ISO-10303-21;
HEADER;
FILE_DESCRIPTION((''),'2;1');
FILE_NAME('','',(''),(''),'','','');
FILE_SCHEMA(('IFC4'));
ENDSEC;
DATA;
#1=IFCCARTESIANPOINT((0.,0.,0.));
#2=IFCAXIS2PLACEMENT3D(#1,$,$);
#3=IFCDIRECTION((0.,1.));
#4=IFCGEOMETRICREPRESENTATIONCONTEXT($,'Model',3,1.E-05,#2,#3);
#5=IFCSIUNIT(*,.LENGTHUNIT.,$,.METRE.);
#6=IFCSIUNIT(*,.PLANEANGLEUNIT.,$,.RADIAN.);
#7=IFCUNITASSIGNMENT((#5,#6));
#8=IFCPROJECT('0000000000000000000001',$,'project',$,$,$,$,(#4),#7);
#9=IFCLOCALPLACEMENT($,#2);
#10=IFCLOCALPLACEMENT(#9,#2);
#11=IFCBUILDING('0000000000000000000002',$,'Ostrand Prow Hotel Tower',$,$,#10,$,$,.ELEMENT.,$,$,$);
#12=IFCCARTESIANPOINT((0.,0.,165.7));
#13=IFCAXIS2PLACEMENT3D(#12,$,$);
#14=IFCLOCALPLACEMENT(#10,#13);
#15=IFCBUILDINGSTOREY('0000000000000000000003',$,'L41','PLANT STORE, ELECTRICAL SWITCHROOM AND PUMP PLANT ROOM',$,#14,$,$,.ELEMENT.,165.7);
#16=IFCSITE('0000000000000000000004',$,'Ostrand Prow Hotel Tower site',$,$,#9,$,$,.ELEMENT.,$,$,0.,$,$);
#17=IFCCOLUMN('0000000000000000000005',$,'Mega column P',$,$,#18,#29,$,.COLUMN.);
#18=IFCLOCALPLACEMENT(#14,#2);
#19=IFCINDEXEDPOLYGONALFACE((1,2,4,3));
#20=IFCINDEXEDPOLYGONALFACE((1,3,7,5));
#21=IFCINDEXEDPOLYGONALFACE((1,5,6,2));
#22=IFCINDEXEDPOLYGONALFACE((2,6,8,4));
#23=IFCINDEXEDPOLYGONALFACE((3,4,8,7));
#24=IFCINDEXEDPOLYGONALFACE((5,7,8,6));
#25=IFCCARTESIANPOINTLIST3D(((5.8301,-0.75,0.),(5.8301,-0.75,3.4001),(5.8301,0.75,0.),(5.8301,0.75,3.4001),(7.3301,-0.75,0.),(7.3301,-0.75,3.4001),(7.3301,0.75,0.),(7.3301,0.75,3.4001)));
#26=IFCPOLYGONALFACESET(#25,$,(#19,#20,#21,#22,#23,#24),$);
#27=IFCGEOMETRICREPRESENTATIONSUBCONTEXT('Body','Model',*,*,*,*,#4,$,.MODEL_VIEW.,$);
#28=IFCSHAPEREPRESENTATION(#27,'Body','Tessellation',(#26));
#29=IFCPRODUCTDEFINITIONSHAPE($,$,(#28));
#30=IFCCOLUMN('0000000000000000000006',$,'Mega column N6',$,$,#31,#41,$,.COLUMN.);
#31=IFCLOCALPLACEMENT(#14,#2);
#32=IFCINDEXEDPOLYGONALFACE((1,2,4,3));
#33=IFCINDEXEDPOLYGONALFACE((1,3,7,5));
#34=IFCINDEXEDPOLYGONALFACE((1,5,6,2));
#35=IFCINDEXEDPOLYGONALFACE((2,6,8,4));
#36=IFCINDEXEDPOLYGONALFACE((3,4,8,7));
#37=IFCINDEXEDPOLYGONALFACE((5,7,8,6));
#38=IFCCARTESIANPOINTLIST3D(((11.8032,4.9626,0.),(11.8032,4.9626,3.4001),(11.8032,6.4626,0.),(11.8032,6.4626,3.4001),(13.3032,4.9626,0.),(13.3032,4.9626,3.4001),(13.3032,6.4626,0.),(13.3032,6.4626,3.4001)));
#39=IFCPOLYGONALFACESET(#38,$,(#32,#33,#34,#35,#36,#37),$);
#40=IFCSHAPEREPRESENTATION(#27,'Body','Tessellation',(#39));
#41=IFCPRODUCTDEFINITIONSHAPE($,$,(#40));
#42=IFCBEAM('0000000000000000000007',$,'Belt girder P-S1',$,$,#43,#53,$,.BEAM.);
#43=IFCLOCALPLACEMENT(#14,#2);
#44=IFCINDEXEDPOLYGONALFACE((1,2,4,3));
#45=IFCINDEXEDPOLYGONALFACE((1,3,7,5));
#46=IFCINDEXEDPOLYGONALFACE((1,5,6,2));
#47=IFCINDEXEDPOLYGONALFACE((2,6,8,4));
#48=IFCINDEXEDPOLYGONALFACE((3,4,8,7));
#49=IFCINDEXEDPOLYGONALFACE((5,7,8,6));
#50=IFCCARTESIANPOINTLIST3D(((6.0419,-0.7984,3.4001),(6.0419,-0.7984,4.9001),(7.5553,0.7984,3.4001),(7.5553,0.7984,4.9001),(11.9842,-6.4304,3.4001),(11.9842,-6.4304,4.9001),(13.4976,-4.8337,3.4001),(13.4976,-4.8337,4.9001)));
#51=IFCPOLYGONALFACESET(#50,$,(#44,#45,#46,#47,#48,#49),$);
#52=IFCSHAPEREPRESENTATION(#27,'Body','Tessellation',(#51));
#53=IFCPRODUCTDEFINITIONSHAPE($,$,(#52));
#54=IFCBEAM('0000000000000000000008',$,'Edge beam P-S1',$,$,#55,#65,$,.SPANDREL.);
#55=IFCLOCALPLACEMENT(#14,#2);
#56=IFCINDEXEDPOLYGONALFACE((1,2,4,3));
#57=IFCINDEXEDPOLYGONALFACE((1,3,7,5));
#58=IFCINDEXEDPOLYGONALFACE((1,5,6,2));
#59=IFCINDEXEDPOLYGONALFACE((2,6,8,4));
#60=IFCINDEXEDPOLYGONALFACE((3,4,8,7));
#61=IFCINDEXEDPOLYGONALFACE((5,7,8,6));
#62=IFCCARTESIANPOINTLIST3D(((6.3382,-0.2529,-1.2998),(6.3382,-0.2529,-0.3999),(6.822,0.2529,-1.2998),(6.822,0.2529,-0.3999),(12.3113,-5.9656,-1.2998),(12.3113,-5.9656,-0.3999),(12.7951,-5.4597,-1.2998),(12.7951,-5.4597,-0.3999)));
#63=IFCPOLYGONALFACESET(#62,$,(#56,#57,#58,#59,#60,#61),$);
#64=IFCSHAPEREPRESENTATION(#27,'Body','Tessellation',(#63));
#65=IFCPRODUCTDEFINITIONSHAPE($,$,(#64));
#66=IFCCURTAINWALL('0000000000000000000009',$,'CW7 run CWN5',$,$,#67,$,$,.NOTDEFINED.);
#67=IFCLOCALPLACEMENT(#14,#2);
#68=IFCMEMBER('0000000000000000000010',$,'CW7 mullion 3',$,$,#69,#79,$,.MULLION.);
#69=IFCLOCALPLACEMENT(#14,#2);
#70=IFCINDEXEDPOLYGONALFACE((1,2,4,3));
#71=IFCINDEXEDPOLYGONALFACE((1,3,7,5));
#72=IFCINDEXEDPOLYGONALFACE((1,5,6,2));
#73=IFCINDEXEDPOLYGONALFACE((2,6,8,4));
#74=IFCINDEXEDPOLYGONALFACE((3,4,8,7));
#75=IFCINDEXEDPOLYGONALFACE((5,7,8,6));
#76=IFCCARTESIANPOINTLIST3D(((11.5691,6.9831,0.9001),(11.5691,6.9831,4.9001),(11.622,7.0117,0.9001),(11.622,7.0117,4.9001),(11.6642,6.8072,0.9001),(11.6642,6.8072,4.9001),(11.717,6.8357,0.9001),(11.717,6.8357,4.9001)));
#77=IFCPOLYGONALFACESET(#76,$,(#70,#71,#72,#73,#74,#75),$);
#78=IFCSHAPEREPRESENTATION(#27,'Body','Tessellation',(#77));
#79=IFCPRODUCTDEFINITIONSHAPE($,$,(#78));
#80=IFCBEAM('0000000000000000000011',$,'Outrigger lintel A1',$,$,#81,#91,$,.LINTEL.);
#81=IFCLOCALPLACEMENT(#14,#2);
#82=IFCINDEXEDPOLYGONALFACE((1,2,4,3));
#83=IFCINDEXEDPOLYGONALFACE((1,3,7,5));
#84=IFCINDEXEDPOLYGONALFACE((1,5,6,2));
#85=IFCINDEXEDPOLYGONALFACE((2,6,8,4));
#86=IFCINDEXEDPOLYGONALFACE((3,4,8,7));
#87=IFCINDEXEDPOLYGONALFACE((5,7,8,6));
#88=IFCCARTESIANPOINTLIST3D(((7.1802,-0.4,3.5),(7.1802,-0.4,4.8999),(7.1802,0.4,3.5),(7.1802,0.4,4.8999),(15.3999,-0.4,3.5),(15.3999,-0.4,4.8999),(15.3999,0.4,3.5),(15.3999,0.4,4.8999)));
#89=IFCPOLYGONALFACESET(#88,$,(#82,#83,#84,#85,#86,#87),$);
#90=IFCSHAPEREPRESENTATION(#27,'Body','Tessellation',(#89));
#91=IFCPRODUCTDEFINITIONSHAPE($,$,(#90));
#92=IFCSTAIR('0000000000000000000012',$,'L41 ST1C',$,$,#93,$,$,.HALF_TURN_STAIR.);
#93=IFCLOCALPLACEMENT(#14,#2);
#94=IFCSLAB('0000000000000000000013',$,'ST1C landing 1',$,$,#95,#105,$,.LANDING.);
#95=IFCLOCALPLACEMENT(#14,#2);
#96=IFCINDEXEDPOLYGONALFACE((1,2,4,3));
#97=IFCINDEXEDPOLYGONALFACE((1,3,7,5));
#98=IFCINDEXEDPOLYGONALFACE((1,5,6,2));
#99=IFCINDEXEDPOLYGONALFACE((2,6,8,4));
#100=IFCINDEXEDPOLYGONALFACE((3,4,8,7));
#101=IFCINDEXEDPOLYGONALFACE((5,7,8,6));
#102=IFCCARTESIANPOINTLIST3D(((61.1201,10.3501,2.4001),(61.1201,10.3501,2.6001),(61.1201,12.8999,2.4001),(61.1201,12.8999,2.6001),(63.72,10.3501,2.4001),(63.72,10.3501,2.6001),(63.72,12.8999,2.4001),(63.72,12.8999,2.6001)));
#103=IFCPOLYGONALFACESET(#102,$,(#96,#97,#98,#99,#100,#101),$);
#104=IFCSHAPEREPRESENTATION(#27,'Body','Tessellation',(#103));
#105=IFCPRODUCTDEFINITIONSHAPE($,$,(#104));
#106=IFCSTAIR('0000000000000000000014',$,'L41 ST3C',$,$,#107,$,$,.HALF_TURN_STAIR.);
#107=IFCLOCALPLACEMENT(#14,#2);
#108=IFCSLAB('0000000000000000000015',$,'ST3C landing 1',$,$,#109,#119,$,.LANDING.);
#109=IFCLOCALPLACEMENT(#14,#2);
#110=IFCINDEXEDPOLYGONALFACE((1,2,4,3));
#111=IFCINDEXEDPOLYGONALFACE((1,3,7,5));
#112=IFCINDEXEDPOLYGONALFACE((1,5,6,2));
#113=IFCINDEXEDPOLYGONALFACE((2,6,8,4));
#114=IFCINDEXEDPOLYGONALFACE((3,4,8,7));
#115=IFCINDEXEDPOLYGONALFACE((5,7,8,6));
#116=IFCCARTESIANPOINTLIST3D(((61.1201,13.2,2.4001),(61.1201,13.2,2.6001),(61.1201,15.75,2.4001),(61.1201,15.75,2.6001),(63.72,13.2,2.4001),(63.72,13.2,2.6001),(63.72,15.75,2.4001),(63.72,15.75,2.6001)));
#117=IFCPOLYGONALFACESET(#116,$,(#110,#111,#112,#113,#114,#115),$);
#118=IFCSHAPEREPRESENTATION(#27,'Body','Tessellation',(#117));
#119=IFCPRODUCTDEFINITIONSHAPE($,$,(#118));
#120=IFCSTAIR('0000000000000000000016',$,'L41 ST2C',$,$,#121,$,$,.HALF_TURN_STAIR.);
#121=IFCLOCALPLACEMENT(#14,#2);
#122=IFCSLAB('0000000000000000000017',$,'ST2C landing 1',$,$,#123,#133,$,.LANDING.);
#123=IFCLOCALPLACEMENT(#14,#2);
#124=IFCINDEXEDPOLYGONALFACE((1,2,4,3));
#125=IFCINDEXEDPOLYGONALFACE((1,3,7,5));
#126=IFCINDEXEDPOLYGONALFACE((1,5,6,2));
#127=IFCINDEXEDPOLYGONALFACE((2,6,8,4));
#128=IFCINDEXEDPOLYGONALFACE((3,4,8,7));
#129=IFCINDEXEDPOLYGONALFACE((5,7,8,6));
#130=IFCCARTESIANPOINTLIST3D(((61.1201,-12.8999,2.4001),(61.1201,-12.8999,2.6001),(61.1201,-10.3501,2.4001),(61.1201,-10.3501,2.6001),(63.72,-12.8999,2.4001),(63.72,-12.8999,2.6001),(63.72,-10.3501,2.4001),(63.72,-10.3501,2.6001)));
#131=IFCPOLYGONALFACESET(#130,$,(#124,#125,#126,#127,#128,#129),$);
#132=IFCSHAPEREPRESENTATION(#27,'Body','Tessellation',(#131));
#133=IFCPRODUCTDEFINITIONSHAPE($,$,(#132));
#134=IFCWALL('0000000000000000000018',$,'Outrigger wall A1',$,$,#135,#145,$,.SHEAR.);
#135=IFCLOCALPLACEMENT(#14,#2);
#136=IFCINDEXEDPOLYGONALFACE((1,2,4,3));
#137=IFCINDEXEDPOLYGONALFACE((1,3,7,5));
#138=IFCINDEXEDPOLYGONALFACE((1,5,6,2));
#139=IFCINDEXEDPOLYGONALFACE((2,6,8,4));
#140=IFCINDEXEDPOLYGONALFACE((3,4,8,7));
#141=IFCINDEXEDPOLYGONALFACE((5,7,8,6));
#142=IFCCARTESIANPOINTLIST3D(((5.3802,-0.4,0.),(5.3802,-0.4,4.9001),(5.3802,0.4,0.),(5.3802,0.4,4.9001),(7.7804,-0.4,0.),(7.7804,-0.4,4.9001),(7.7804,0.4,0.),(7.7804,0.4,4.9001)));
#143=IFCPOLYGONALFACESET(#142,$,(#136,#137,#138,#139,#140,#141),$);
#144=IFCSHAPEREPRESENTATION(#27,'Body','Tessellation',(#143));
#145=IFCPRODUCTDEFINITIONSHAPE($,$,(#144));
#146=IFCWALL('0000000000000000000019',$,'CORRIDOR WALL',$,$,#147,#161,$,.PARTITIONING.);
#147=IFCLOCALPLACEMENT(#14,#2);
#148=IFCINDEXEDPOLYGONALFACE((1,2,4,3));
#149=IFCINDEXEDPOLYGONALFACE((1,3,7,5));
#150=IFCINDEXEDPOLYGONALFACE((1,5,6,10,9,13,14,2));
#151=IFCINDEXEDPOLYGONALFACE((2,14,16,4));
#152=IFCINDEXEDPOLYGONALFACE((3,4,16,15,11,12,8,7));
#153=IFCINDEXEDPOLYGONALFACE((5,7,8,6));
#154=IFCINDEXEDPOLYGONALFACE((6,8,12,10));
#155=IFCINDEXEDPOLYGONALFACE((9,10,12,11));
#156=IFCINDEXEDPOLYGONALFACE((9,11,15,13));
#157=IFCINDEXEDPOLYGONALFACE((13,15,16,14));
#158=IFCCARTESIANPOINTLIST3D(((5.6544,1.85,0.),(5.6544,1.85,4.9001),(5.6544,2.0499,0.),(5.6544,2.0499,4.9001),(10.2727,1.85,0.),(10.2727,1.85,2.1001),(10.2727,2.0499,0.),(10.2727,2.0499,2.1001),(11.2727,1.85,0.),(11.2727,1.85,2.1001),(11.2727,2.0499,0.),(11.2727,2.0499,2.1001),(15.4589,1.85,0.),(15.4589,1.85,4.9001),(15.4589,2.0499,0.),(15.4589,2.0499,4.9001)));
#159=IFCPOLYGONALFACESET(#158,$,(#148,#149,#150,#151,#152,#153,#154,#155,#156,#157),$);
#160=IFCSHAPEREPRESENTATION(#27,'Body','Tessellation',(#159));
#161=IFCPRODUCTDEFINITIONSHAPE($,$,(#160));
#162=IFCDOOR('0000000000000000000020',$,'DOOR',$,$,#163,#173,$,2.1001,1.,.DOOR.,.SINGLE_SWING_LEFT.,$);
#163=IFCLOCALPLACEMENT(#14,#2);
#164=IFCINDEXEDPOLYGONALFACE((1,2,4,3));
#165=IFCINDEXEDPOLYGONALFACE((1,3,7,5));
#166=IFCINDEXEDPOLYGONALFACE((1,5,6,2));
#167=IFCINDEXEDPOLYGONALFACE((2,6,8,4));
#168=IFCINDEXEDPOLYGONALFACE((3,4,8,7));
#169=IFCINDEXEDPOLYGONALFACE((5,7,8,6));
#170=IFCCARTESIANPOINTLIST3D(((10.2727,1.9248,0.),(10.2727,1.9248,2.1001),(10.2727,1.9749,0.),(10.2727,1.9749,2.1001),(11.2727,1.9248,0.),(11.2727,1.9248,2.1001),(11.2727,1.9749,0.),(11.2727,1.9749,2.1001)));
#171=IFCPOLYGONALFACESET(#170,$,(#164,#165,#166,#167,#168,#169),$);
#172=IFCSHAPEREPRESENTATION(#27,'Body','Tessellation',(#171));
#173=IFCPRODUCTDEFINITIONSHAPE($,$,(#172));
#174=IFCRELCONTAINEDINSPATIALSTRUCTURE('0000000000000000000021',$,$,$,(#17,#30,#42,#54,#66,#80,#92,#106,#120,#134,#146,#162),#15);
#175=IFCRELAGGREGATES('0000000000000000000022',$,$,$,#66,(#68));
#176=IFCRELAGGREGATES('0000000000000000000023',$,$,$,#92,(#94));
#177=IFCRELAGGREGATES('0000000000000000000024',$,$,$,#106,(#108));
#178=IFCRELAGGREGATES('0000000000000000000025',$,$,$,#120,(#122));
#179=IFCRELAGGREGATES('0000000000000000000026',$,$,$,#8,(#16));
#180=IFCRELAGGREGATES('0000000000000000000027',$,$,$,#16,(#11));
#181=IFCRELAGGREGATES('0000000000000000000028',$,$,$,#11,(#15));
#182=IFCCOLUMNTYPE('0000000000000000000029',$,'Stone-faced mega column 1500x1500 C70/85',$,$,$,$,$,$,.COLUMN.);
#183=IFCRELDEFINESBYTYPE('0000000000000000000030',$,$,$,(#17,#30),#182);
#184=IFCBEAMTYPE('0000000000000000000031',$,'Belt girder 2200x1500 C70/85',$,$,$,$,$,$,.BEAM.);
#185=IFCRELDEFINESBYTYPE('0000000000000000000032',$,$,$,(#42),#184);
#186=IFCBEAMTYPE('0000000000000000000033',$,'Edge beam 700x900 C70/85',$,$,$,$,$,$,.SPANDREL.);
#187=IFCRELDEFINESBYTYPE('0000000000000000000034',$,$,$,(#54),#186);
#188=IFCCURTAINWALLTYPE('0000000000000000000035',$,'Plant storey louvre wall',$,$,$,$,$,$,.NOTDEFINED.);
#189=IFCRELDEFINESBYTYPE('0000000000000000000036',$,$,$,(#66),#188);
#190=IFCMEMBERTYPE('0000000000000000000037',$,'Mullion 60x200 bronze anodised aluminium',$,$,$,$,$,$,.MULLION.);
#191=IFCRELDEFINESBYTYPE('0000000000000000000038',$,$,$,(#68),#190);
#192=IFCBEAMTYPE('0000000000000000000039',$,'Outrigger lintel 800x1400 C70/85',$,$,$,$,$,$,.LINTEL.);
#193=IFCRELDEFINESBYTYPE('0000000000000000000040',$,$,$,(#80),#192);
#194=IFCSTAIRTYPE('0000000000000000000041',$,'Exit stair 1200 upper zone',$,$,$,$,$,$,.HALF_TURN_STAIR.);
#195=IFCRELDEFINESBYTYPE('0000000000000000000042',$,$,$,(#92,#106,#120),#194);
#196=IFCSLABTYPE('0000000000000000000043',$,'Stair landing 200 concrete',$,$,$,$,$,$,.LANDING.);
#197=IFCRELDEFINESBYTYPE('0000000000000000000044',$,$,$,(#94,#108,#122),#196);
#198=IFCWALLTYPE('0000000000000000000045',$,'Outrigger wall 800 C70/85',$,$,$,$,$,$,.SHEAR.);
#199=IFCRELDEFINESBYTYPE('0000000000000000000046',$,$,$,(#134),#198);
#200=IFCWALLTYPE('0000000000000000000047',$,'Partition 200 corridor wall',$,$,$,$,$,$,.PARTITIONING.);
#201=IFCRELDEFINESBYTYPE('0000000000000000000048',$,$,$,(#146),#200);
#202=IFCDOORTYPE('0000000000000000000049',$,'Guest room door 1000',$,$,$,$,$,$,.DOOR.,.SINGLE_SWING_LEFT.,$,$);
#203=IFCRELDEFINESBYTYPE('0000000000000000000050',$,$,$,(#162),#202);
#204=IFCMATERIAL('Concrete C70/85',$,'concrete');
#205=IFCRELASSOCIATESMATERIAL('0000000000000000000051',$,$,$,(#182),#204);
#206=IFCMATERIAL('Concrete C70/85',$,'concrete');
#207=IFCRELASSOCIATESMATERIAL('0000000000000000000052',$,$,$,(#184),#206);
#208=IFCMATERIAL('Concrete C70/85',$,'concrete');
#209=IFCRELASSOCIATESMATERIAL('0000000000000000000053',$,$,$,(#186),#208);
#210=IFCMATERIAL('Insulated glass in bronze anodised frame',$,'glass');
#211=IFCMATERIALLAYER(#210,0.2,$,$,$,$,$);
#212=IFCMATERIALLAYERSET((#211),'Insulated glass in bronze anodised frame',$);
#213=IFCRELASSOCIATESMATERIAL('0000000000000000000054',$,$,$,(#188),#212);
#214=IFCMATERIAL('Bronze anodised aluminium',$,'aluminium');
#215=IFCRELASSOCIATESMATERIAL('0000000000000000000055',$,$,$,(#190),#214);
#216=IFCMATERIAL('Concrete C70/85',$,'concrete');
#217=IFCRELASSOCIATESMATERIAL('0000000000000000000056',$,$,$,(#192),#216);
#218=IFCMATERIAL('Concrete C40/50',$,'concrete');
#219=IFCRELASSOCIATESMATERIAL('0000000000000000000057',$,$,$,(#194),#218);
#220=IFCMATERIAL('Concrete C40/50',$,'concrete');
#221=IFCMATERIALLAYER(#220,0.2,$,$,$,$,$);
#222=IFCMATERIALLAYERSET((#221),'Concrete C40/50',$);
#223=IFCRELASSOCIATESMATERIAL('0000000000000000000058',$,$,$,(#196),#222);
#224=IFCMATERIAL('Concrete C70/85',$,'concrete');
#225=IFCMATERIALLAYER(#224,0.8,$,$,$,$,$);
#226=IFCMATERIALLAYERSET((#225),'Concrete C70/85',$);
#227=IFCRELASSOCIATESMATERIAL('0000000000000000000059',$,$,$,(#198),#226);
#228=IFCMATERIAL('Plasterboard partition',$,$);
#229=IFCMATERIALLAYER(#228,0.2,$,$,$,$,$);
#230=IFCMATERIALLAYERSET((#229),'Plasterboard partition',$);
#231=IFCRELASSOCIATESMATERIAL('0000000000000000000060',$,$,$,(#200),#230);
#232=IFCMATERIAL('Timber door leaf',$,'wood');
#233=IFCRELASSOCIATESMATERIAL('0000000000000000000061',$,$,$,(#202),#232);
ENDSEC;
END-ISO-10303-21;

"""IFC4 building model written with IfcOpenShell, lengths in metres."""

from ifc_helpers import new_model, si_unit, direction, frame, frame_2d, origin, origin_2d, place, context, subcontext, project, spatial, polyline, rectangle, outline, extrude, material, layer, layer_set, material_profile, profile_set, type_object, element, fill, aggregate, save


model = new_model("IFC4")

# Units and contexts
model_context = context("Model", 3, precision=1e-05, world=origin(), true_north=direction((0.0, 1.0)))
body_context = subcontext(model_context, "Body", "Model", "MODEL_VIEW")
ifc_project = project(units=[si_unit("LENGTHUNIT", "METRE"), si_unit("PLANEANGLEUNIT", "RADIAN")], contexts=[model_context])

# Site, building, storey
site_placement = place(None, origin())
site = spatial("IfcSite", under=ifc_project, at=site_placement, Name="Ostrand Prow Hotel Tower site", CompositionType="ELEMENT", RefElevation=0.0)
building_placement = place(site_placement, origin())
building = spatial("IfcBuilding", under=site, at=building_placement, Name="Ostrand Prow Hotel Tower", CompositionType="ELEMENT")
storey_placement = place(building_placement, frame((0.0, 0.0, 165.7)))
storey = spatial("IfcBuildingStorey", under=building, at=storey_placement, Name="L41", Description="PLANT STORE, ELECTRICAL SWITCHROOM AND PUMP PLANT ROOM", CompositionType="ELEMENT", Elevation=165.7)

# Columns
ifc_material_1 = material(Name="Concrete C70/85", Category="concrete")
ifc_material_profile_1 = material_profile(ifc_material_1, rectangle(XDim=1.5, YDim=1.5, at=origin_2d()), Name="RC 1500x1500")
ifc_profile_set_1 = profile_set([ifc_material_profile_1], Name="Concrete C70/85")
column_type = type_object("IfcColumnType", Name="Stone-faced mega column 1500x1500 C70/85", PredefinedType="COLUMN", material=ifc_profile_set_1)
for number, where, z_axis, x_axis, name in (
    (1, (6.5801, 0.0, 0.0), (0.0, 0.0, 1.0), (1.0, 0.0, 0.0), "Mega column P"),
    (2, (12.5532, 5.7126, 0.0), (0.0, 0.0, 1.0), (1.0, 0.0, 0.0), "Mega column N6"),
):
    element("IfcColumn", number, at=place(storey_placement, frame(where, z_axis=z_axis, x_axis=x_axis)), inside=storey, type_object=column_type, Name=name, PredefinedType="COLUMN", context=body_context, shape_type="SweptSolid", body=[
        extrude(rectangle(XDim=1.5, YDim=1.5, at=origin_2d()), origin(), (0.0, 0.0, 1.0), 3.4001),
    ])

# Beams
ifc_material_2 = material(Name="Concrete C70/85", Category="concrete")
ifc_material_profile_2 = material_profile(ifc_material_2, rectangle(XDim=2.2, YDim=1.5, at=origin_2d()), Name="RC 2200x1500")
ifc_profile_set_2 = profile_set([ifc_material_profile_2], Name="Concrete C70/85")
beam_type_1 = type_object("IfcBeamType", Name="Belt girder 2200x1500 C70/85", PredefinedType="BEAM", material=ifc_profile_set_2)
beam_1_placement = place(storey_placement, frame((6.7986, 0.0, 4.1501), z_axis=(0.725803, -0.687903, 0.0), x_axis=(0.687903, 0.725803, 0.0)))
element("IfcBeam", 3, at=beam_1_placement, inside=storey, type_object=beam_type_1, Name="Belt girder P-S1", PredefinedType="BEAM", context=body_context, shape_type="SweptSolid", body=[
    extrude(rectangle(XDim=2.2, YDim=1.5, at=origin_2d()), origin(), (0.0, 0.0, 1.0), 8.1873),
])
ifc_material_3 = material(Name="Concrete C70/85", Category="concrete")
ifc_material_profile_3 = material_profile(ifc_material_3, rectangle(XDim=0.7, YDim=0.8999, at=origin_2d()), Name="RC 700x900")
ifc_profile_set_3 = profile_set([ifc_material_profile_3], Name="Concrete C70/85")
beam_type_2 = type_object("IfcBeamType", Name="Edge beam 700x900 C70/85", PredefinedType="SPANDREL", material=ifc_profile_set_3)
beam_2_placement = place(storey_placement, frame((6.5801, 0.0, -0.8499), z_axis=(0.72269, -0.691172, 0.0), x_axis=(0.691172, 0.72269, 0.0)))
element("IfcBeam", 4, at=beam_2_placement, inside=storey, type_object=beam_type_2, Name="Edge beam P-S1", PredefinedType="SPANDREL", context=body_context, shape_type="SweptSolid", body=[
    extrude(rectangle(XDim=0.7, YDim=0.8999, at=origin_2d()), origin(), (0.0, 0.0, 1.0), 8.2651),
])

# Curtain wall, member
ifc_material_4 = material(Name="Insulated glass in bronze anodised frame", Category="glass")
ifc_layer_1 = layer(ifc_material_4, 0.2)
ifc_layer_set_1 = layer_set([ifc_layer_1], Name="Insulated glass in bronze anodised frame")
curtain_wall_type = type_object("IfcCurtainWallType", Name="Plant storey louvre wall", PredefinedType="NOTDEFINED", material=ifc_layer_set_1)
curtain_wall_placement = place(storey_placement, origin())
curtain_wall = element("IfcCurtainWall", 5, at=curtain_wall_placement, inside=storey, type_object=curtain_wall_type, Name="CW7 run CWN5", PredefinedType="NOTDEFINED")
ifc_material_5 = material(Name="Bronze anodised aluminium", Category="aluminium")
ifc_material_profile_4 = material_profile(ifc_material_5, rectangle(XDim=0.2, YDim=0.0601, at=origin_2d()), Name="Mullion 60x200 bronze anodised aluminium")
ifc_profile_set_4 = profile_set([ifc_material_profile_4], Name="Bronze anodised aluminium")
member_type = type_object("IfcMemberType", Name="Mullion 60x200 bronze anodised aluminium", PredefinedType="MULLION", material=ifc_profile_set_4)
member_placement = place(storey_placement, frame((11.6431, 6.9094, 0.9001), z_axis=(0.0, 0.0, 1.0), x_axis=(0.475394, -0.879773, 0.0)))
member = element("IfcMember", 6, at=member_placement, type_object=member_type, Name="CW7 mullion 3", PredefinedType="MULLION", context=body_context, shape_type="SweptSolid", body=[
    extrude(rectangle(XDim=0.2, YDim=0.0601, at=origin_2d()), origin(), (0.0, 0.0, 1.0), 4.0),
])
aggregate(curtain_wall, [member])

# Beam
ifc_material_6 = material(Name="Concrete C70/85", Category="concrete")
ifc_material_profile_5 = material_profile(ifc_material_6, rectangle(XDim=0.8, YDim=1.3999, at=origin_2d()), Name="RC 800x1400")
ifc_profile_set_5 = profile_set([ifc_material_profile_5], Name="Concrete C70/85")
beam_type_3 = type_object("IfcBeamType", Name="Outrigger lintel 800x1400 C70/85", PredefinedType="LINTEL", material=ifc_profile_set_5)
beam_3_placement = place(storey_placement, frame((7.1802, 0.0, 4.2), z_axis=(1.0, 0.0, 0.0), x_axis=(0.0, 1.0, 0.0)))
element("IfcBeam", 7, at=beam_3_placement, inside=storey, type_object=beam_type_3, Name="Outrigger lintel A1", PredefinedType="LINTEL", context=body_context, shape_type="SweptSolid", body=[
    extrude(rectangle(XDim=0.8, YDim=1.3999, at=origin_2d()), origin(), (0.0, 0.0, 1.0), 8.2197),
])

# Stairs, slabs
ifc_material_7 = material(Name="Concrete C40/50", Category="concrete")
stair_type = type_object("IfcStairType", Name="Exit stair 1200 upper zone", PredefinedType="HALF_TURN_STAIR", material=ifc_material_7)
stair_1_placement = place(storey_placement, origin())
stair_1 = element("IfcStair", 8, at=stair_1_placement, inside=storey, type_object=stair_type, Name="L41 ST1C", PredefinedType="HALF_TURN_STAIR")
ifc_material_8 = material(Name="Concrete C40/50", Category="concrete")
ifc_layer_2 = layer(ifc_material_8, 0.2)
ifc_layer_set_2 = layer_set([ifc_layer_2], Name="Concrete C40/50")
slab_type = type_object("IfcSlabType", Name="Stair landing 200 concrete", PredefinedType="LANDING", material=ifc_layer_set_2)
slab_1_placement = place(storey_placement, frame((0.0, 0.0, 2.4001)))
slab_1 = element("IfcSlab", 9, at=slab_1_placement, type_object=slab_type, Name="ST1C landing 1", PredefinedType="LANDING", context=body_context, shape_type="SweptSolid", body=[
    extrude(outline(polyline([(61.1201, 10.3501), (63.72, 10.3501), (63.72, 12.8999), (61.1201, 12.8999), (61.1201, 10.3501)])), origin(), (0.0, 0.0, 1.0), 0.2),
])
aggregate(stair_1, [slab_1])
stair_2_placement = place(storey_placement, origin())
stair_2 = element("IfcStair", 10, at=stair_2_placement, inside=storey, type_object=stair_type, Name="L41 ST3C", PredefinedType="HALF_TURN_STAIR")
slab_2_placement = place(storey_placement, frame((0.0, 0.0, 2.4001)))
slab_2 = element("IfcSlab", 11, at=slab_2_placement, type_object=slab_type, Name="ST3C landing 1", PredefinedType="LANDING", context=body_context, shape_type="SweptSolid", body=[
    extrude(outline(polyline([(61.1201, 13.2), (63.72, 13.2), (63.72, 15.75), (61.1201, 15.75), (61.1201, 13.2)])), origin(), (0.0, 0.0, 1.0), 0.2),
])
aggregate(stair_2, [slab_2])
stair_3_placement = place(storey_placement, origin())
stair_3 = element("IfcStair", 12, at=stair_3_placement, inside=storey, type_object=stair_type, Name="L41 ST2C", PredefinedType="HALF_TURN_STAIR")
slab_3_placement = place(storey_placement, frame((0.0, 0.0, 2.4001)))
slab_3 = element("IfcSlab", 13, at=slab_3_placement, type_object=slab_type, Name="ST2C landing 1", PredefinedType="LANDING", context=body_context, shape_type="SweptSolid", body=[
    extrude(outline(polyline([(61.1201, -12.8999), (63.72, -12.8999), (63.72, -10.3501), (61.1201, -10.3501), (61.1201, -12.8999)])), origin(), (0.0, 0.0, 1.0), 0.2),
])
aggregate(stair_3, [slab_3])

# Wall
ifc_material_9 = material(Name="Concrete C70/85", Category="concrete")
ifc_layer_3 = layer(ifc_material_9, 0.8)
ifc_layer_set_3 = layer_set([ifc_layer_3], Name="Concrete C70/85")
wall_type_1 = type_object("IfcWallType", Name="Outrigger wall 800 C70/85", PredefinedType="SHEAR", material=ifc_layer_set_3)
wall_1_placement = place(storey_placement, frame((5.3801, 0.0, 0.0), z_axis=(0.0, 0.0, 1.0), x_axis=(1.0, 0.0, 0.0)))
element("IfcWall", 14, at=wall_1_placement, inside=storey, type_object=wall_type_1, Name="Outrigger wall A1", PredefinedType="SHEAR", context=body_context, shape_type="SweptSolid", body=[
    extrude(rectangle(XDim=2.4001, YDim=0.8, at=frame_2d((1.2002, 0.0))), origin(), (0.0, 0.0, 1.0), 4.9001),
])

# Wall, opening, door
ifc_material_10 = material(Name="Plasterboard partition")
ifc_layer_4 = layer(ifc_material_10, 0.2)
ifc_layer_set_4 = layer_set([ifc_layer_4], Name="Plasterboard partition")
wall_type_2 = type_object("IfcWallType", Name="Partition 200 corridor wall", PredefinedType="PARTITIONING", material=ifc_layer_set_4)
wall_2_placement = place(storey_placement, frame((5.6543, 1.95, 0.0), z_axis=(0.0, 0.0, 1.0), x_axis=(1.0, 0.0, 0.0)))
wall_2 = element("IfcWall", 15, at=wall_2_placement, inside=storey, type_object=wall_type_2, Name="CORRIDOR WALL", PredefinedType="PARTITIONING", context=body_context, shape_type="SweptSolid", body=[
    extrude(rectangle(XDim=9.8044, YDim=0.2, at=frame_2d((4.9023, 0.0))), origin(), (0.0, 0.0, 1.0), 4.9001),
])
opening_placement = place(wall_2_placement, frame((4.6184, 0.0, 0.0)))
opening = element("IfcOpeningElement", 16, at=opening_placement, cuts=wall_2, PredefinedType="OPENING", context=body_context, shape_type="SweptSolid", body=[
    extrude(rectangle(XDim=1.0, YDim=2.1001, at=frame_2d((0.5, 1.05))), frame((0.0, 0.1099, 0.0), z_axis=(0.0, -1.0, 0.0), x_axis=(1.0, 0.0, 0.0)), (0.0, 0.0, 1.0), 0.22),
])
ifc_material_11 = material(Name="Timber door leaf", Category="wood")
door_type = type_object("IfcDoorType", Name="Guest room door 1000", OperationType="SINGLE_SWING_LEFT", PredefinedType="DOOR", material=ifc_material_11)
door_placement = place(opening_placement, origin())
door = element("IfcDoor", 17, at=door_placement, inside=storey, type_object=door_type, Name="DOOR", OperationType="SINGLE_SWING_LEFT", OverallHeight=2.1001, OverallWidth=1.0, PredefinedType="DOOR", context=body_context, shape_type="SweptSolid", body=[
    extrude(rectangle(XDim=1.0, YDim=2.1001, at=frame_2d((0.5, 1.05))), frame((0.0, 0.0249, 0.0), z_axis=(0.0, -1.0, 0.0), x_axis=(1.0, 0.0, 0.0)), (0.0, 0.0, 1.0), 0.05),
])
fill(opening, door)

save(model, "model.ifc")
